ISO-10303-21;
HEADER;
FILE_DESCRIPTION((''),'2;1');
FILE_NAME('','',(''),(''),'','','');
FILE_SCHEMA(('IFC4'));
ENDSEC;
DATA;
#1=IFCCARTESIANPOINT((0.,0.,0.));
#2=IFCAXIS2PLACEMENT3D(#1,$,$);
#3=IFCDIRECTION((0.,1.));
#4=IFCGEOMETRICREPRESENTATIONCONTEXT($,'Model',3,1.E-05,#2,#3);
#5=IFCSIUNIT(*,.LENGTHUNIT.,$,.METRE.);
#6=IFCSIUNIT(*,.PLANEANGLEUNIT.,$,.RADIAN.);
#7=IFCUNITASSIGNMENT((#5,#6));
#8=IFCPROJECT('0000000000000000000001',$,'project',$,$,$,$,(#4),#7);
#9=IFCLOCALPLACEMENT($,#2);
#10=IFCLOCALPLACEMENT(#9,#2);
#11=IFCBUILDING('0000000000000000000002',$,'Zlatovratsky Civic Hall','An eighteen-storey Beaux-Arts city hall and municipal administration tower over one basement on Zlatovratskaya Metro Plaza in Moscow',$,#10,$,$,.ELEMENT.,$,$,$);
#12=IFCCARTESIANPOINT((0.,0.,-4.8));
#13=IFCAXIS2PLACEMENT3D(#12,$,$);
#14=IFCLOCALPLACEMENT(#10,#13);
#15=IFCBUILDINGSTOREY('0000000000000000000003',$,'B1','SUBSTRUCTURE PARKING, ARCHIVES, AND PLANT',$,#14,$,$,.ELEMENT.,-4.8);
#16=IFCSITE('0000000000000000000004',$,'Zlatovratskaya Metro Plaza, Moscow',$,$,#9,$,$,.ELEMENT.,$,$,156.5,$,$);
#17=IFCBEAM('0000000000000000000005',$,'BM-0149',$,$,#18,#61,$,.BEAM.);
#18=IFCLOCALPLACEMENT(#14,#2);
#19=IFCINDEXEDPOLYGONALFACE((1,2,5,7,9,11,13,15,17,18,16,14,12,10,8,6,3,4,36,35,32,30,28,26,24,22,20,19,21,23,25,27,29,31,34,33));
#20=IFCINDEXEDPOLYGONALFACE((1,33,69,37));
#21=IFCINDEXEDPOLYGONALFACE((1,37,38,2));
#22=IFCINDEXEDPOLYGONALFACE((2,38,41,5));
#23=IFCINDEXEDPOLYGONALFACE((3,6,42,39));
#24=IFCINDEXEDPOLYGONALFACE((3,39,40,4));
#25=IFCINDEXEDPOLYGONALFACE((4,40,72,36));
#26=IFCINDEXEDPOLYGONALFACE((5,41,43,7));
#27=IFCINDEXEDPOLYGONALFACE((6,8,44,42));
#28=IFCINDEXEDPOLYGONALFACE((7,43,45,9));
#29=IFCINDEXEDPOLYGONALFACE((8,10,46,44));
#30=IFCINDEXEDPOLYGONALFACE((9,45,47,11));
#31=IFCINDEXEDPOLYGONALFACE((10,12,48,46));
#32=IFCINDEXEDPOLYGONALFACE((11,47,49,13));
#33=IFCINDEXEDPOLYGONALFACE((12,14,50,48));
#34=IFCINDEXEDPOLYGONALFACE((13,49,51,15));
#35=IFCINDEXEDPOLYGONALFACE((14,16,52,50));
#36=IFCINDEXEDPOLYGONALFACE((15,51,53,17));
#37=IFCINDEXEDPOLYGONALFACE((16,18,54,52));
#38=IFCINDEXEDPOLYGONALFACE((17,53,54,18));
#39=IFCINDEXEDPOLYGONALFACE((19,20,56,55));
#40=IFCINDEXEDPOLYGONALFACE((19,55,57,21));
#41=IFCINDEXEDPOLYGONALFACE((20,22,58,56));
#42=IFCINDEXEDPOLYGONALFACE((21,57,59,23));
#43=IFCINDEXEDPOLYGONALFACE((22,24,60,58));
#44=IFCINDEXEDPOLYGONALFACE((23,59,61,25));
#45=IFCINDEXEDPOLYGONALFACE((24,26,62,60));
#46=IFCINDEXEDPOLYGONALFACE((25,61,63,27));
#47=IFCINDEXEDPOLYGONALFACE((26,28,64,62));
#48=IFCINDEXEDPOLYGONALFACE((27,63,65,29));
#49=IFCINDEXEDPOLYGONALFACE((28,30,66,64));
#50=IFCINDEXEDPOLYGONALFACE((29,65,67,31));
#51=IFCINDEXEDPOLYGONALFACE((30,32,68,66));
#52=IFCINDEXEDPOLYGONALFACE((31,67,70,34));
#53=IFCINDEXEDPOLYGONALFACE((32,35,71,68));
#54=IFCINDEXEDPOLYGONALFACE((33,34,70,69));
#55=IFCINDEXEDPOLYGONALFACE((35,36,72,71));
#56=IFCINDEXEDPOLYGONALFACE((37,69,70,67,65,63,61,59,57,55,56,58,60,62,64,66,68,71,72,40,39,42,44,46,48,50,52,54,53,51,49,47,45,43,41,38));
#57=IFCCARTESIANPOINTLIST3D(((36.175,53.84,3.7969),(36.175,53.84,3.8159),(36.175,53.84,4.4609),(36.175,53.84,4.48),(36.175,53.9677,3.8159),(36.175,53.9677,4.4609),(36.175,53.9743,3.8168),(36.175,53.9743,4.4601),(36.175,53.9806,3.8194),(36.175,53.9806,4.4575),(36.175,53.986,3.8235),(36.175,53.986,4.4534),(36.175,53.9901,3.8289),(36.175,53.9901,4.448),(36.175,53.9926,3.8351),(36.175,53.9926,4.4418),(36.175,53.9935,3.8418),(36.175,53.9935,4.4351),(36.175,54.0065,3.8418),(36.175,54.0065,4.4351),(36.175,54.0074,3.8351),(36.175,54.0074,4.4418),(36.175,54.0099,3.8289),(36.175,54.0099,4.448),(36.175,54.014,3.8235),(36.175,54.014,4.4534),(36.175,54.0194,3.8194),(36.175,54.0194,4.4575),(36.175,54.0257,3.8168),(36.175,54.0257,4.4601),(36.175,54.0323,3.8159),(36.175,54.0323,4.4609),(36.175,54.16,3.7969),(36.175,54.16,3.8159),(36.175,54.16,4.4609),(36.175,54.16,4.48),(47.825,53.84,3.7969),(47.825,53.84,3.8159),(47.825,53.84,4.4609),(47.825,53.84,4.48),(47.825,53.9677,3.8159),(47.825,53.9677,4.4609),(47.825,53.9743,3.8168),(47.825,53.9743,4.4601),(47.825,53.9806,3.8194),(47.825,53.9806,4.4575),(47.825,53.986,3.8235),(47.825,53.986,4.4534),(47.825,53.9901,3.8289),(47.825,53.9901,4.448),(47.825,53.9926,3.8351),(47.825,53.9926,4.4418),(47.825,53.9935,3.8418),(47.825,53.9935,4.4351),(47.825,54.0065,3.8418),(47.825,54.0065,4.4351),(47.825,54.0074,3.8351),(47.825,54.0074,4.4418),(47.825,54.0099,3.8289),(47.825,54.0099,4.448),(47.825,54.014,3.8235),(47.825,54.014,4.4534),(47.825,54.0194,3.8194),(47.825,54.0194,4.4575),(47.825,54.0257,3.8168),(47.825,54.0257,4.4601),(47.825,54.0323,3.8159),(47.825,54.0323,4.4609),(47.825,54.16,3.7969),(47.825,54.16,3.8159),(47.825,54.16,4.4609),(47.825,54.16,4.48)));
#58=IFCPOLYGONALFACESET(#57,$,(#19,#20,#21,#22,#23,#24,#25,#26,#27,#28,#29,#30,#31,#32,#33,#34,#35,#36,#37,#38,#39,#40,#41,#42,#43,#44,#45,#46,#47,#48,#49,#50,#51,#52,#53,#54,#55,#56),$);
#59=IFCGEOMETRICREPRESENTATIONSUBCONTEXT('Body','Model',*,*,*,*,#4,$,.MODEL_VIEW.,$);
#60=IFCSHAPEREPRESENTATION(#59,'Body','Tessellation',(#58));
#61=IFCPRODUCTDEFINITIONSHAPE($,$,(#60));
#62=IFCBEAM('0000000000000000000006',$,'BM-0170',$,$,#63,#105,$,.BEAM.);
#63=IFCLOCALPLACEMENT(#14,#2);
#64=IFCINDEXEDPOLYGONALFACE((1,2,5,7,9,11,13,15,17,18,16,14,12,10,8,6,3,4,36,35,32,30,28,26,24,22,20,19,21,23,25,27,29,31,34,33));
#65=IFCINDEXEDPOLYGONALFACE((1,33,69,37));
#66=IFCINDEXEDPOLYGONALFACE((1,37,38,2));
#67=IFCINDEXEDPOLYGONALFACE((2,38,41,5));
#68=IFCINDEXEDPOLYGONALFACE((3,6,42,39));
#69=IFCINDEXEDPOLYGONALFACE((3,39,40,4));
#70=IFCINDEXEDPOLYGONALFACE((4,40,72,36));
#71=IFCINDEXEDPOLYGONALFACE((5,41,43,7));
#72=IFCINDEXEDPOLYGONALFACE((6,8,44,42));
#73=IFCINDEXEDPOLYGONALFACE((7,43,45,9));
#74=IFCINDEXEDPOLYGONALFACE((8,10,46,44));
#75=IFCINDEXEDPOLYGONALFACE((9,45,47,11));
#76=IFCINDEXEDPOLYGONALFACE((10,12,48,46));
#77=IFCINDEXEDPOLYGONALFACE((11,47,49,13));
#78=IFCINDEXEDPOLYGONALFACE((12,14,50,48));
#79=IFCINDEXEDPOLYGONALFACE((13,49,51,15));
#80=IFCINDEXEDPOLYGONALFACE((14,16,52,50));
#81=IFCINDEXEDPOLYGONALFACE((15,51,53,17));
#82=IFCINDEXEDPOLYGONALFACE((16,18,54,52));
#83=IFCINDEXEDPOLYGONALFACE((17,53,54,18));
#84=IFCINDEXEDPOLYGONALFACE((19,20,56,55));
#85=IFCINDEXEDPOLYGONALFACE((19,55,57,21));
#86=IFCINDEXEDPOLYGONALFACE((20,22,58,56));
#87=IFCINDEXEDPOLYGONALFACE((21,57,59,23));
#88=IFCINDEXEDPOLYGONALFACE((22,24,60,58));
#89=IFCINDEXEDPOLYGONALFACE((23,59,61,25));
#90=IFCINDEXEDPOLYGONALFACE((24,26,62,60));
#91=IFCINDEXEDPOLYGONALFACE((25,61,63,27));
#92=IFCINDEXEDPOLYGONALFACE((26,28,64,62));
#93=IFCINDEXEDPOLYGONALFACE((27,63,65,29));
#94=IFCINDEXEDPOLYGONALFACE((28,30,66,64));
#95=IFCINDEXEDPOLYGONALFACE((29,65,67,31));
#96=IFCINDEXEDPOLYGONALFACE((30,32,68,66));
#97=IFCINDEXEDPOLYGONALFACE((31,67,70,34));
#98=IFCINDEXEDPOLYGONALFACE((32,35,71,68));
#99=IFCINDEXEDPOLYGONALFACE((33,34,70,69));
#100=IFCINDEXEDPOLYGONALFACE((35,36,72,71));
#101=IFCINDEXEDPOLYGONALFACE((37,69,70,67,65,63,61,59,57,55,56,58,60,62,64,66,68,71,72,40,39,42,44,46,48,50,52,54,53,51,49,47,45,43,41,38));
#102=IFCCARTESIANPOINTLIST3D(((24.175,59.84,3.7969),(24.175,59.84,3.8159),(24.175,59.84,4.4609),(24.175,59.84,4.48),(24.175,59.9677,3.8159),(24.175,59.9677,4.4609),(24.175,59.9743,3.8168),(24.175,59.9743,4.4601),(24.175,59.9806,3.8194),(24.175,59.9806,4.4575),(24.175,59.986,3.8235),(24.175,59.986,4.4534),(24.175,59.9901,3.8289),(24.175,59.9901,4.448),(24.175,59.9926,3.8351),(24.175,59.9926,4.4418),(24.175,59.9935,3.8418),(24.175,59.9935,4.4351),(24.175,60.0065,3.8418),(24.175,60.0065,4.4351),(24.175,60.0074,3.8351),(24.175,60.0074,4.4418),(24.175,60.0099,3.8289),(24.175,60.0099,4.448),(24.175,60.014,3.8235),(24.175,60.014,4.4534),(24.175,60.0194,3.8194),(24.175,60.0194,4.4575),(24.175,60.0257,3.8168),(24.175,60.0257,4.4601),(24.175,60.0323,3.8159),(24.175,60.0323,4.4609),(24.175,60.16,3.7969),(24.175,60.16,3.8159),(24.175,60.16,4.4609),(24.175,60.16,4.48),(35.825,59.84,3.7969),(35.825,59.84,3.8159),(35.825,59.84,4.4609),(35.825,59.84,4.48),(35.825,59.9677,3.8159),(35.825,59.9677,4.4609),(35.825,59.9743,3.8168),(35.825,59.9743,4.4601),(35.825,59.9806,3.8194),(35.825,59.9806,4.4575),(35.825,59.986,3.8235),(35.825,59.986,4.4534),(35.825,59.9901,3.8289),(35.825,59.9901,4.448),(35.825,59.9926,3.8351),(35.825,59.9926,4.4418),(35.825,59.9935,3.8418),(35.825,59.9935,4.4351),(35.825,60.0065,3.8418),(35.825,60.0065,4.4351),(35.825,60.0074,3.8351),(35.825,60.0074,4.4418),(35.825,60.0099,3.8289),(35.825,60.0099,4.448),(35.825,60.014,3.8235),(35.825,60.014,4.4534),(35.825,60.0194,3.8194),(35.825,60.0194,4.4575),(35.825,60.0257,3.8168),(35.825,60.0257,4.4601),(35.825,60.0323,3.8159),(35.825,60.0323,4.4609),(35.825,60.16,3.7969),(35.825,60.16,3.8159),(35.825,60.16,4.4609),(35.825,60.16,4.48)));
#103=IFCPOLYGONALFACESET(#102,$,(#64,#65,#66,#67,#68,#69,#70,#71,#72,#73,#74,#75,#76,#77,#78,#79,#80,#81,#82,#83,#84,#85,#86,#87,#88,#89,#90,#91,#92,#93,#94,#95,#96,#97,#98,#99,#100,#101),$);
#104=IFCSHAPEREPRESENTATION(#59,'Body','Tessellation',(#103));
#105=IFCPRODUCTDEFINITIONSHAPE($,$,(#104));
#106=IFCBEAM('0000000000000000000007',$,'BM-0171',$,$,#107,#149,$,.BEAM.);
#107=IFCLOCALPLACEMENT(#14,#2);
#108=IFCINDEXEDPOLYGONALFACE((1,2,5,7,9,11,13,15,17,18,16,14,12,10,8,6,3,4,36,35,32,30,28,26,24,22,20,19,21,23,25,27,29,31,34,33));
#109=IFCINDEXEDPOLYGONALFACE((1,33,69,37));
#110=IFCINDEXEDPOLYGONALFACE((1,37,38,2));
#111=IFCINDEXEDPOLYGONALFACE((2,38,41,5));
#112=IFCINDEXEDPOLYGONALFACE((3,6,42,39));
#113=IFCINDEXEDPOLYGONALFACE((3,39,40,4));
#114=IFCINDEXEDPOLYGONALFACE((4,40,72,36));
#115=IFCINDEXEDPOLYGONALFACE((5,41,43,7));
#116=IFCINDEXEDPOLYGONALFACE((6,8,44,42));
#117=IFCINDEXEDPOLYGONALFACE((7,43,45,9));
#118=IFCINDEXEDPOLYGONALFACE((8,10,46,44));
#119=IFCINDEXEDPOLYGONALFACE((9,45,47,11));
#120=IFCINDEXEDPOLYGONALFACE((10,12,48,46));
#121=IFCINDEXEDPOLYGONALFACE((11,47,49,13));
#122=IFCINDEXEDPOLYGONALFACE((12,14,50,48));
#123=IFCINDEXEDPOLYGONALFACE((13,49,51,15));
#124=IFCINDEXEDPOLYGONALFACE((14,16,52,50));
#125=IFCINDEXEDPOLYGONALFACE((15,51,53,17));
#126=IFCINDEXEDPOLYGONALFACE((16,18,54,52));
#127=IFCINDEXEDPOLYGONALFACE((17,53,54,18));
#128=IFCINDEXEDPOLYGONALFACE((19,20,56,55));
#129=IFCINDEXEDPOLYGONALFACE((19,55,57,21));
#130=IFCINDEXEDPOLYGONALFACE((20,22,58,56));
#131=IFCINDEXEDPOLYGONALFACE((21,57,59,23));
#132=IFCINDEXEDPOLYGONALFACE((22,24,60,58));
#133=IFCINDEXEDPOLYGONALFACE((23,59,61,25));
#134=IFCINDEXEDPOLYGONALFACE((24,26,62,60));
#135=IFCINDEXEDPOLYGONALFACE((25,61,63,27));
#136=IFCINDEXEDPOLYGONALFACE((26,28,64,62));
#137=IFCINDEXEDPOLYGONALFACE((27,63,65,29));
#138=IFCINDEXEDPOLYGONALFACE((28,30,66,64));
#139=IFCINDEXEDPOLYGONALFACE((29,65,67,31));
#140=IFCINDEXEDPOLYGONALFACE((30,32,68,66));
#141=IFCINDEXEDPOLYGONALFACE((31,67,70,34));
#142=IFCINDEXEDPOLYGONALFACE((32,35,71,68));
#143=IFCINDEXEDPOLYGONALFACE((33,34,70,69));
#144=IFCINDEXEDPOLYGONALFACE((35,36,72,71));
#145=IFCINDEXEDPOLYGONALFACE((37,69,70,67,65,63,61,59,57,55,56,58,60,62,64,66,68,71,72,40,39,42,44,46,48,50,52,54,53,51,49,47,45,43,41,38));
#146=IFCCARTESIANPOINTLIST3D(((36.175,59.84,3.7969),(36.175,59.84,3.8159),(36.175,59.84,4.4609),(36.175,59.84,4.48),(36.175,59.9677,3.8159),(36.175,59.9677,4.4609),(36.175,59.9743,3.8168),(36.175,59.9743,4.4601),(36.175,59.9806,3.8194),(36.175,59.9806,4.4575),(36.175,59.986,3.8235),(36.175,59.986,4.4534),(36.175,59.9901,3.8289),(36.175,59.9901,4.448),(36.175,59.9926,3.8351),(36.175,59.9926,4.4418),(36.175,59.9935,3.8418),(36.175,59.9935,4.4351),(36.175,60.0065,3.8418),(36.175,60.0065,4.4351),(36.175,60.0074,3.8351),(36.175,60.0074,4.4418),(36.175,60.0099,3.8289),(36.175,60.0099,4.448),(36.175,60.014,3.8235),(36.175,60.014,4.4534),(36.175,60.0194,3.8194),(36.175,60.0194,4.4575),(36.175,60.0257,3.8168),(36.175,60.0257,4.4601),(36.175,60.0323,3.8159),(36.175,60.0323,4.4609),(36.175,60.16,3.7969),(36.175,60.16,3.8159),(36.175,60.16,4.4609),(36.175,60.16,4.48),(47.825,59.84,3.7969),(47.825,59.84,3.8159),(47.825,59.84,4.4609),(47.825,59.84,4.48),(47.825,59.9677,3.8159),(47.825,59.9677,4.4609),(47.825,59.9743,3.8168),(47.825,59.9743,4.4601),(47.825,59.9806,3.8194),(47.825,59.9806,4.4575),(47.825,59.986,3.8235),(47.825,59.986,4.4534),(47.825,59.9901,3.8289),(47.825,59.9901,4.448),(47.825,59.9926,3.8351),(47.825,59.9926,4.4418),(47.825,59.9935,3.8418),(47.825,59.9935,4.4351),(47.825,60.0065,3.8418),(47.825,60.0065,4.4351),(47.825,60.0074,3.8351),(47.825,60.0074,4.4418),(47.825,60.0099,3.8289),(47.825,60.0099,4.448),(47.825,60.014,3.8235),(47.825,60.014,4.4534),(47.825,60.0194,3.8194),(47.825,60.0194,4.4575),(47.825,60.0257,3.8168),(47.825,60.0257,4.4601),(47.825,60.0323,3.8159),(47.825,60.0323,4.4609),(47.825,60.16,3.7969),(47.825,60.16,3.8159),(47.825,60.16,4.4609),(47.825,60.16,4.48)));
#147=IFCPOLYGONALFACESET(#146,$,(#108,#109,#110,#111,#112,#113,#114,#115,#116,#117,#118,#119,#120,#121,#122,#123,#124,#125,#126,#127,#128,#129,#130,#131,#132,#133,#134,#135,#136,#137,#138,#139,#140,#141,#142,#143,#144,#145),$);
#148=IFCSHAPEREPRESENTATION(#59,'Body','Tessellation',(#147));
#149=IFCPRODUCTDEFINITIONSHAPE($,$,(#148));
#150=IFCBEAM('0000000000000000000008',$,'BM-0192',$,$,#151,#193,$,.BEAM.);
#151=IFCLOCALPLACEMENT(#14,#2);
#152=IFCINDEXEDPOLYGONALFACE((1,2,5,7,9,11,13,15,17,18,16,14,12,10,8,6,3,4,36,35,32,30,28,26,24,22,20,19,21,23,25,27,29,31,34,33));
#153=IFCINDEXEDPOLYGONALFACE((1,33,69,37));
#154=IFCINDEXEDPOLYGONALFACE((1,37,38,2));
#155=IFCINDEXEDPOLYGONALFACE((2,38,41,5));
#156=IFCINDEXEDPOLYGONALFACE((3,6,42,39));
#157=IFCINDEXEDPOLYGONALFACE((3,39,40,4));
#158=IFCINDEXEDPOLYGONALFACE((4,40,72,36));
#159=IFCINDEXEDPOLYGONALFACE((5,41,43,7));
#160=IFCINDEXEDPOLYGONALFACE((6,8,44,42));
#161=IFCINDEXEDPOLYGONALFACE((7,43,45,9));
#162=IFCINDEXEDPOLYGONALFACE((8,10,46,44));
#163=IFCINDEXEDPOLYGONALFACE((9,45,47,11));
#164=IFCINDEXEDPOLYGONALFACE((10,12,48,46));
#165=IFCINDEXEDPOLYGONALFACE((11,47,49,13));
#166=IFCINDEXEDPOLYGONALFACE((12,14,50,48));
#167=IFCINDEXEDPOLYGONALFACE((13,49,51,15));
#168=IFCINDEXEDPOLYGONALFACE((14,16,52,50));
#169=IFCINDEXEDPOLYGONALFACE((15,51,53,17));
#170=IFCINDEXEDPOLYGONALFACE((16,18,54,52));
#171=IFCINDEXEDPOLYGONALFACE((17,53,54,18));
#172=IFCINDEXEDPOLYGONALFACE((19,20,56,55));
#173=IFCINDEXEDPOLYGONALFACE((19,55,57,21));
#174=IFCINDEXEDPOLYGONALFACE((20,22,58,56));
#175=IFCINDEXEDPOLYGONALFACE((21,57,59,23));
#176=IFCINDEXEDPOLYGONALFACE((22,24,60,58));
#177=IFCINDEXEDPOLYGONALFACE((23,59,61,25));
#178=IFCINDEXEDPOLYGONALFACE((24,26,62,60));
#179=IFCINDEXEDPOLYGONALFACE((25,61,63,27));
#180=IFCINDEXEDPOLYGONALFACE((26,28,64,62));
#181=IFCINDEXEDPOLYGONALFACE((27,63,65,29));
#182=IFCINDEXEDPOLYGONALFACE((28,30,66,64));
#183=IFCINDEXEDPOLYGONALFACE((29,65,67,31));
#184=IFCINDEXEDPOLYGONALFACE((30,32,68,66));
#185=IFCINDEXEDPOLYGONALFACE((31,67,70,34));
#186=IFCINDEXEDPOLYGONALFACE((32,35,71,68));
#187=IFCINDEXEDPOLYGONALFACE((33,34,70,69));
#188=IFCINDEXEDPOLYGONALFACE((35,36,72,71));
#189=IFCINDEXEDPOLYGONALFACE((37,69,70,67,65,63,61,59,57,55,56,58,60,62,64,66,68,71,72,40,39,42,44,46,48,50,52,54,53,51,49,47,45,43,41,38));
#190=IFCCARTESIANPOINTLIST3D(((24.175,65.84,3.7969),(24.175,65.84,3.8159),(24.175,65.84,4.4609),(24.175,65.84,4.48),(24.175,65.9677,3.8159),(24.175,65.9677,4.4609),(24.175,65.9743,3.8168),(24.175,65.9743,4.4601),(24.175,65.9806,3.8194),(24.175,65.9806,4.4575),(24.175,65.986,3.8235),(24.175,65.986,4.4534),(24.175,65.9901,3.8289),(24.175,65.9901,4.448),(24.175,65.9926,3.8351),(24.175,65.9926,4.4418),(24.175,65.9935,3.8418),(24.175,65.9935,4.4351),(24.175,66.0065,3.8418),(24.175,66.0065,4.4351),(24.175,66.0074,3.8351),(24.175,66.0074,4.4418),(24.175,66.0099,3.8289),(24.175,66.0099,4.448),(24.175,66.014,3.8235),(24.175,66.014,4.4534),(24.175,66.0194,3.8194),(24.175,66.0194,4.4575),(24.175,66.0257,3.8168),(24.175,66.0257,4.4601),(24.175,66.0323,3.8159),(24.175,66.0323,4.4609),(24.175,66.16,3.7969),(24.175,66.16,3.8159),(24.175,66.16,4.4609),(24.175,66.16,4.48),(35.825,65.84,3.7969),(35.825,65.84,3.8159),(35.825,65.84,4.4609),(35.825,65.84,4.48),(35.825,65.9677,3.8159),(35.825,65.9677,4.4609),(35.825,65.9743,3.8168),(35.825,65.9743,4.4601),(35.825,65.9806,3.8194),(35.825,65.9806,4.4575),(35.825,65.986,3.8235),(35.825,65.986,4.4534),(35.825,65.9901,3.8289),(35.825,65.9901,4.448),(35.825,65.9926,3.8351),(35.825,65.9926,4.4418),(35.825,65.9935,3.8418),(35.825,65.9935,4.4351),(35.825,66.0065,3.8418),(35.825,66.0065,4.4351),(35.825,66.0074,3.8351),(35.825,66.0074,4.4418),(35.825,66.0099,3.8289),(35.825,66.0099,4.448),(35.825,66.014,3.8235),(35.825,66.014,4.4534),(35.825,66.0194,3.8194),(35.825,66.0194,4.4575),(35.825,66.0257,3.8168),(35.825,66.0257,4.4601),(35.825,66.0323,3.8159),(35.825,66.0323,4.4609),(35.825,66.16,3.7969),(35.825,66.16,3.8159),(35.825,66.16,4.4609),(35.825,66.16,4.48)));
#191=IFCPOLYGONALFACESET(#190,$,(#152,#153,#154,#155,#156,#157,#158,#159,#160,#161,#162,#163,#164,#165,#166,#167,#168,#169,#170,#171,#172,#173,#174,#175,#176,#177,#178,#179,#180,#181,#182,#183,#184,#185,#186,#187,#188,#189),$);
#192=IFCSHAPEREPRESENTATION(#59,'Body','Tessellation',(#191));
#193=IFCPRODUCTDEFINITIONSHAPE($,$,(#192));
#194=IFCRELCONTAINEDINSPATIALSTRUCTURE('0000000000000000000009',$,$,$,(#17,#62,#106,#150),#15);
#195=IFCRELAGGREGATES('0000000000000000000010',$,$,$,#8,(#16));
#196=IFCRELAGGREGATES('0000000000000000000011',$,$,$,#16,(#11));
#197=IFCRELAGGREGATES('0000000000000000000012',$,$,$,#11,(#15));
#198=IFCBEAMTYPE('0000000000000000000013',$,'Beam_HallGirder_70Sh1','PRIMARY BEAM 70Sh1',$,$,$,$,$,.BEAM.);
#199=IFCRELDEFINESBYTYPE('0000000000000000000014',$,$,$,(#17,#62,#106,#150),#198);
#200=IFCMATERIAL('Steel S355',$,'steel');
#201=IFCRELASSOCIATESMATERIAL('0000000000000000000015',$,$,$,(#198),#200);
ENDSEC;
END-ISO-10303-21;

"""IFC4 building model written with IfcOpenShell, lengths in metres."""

from ifc_helpers import new_model, si_unit, direction, frame, origin, origin_2d, place, context, subcontext, project, spatial, i_section, extrude, material, material_profile, profile_set, type_object, element, save


model = new_model("IFC4")

# Units and contexts
model_context = context("Model", 3, precision=1e-05, world=origin(), true_north=direction((0.0, 1.0)))
body_context = subcontext(model_context, "Body", "Model", "MODEL_VIEW")
ifc_project = project(units=[si_unit("LENGTHUNIT", "METRE"), si_unit("PLANEANGLEUNIT", "RADIAN")], contexts=[model_context])

# Site, building, storey
site_placement = place(None, origin())
site = spatial("IfcSite", under=ifc_project, at=site_placement, Name="Zlatovratskaya Metro Plaza, Moscow", CompositionType="ELEMENT", RefElevation=156.5)
building_placement = place(site_placement, origin())
building = spatial("IfcBuilding", under=site, at=building_placement, Name="Zlatovratsky Civic Hall", Description="An eighteen-storey Beaux-Arts city hall and municipal administration tower over one basement on Zlatovratskaya Metro Plaza in Moscow", CompositionType="ELEMENT")
storey_placement = place(building_placement, frame((0.0, 0.0, -4.8)))
storey = spatial("IfcBuildingStorey", under=building, at=storey_placement, Name="B1", Description="SUBSTRUCTURE PARKING, ARCHIVES, AND PLANT", CompositionType="ELEMENT", Elevation=-4.8)

# Shared definitions
ifc_material_1 = material(Name="Steel S355", Category="steel")

# Beams
ifc_material_profile_1 = material_profile(ifc_material_1, i_section(OverallWidth=0.3201, OverallDepth=0.6831, WebThickness=0.0129, FlangeThickness=0.019, FilletRadius=0.0259, at=origin_2d()), Name="70Sh1")
ifc_profile_set_1 = profile_set([ifc_material_profile_1], Name="Steel S355")
beam_type_1 = type_object("IfcBeamType", Name="Beam_HallGirder_70Sh1", Description="PRIMARY BEAM 70Sh1", PredefinedType="BEAM", material=ifc_profile_set_1)
for number, where, z_axis, x_axis, name in (
    (1, (36.175, 54.0, 4.1384), (1.0, 0.0, 0.0), (0.0, 1.0, 0.0), "BM-0149"),
    (2, (24.175, 60.0, 4.1384), (1.0, 0.0, 0.0), (0.0, 1.0, 0.0), "BM-0170"),
    (3, (36.175, 60.0, 4.1384), (1.0, 0.0, 0.0), (0.0, 1.0, 0.0), "BM-0171"),
    (4, (24.175, 66.0, 4.1384), (1.0, 0.0, 0.0), (0.0, 1.0, 0.0), "BM-0192"),
):
    element("IfcBeam", number, at=place(storey_placement, frame(where, z_axis=z_axis, x_axis=x_axis)), inside=storey, type_object=beam_type_1, Name=name, PredefinedType="BEAM", context=body_context, shape_type="SweptSolid", body=[
        extrude(i_section(OverallWidth=0.3201, OverallDepth=0.6831, WebThickness=0.0129, FlangeThickness=0.019, FilletRadius=0.0259, at=origin_2d()), origin(), (0.0, 0.0, 1.0), 11.6499),
    ])

save(model, "model.ifc")
